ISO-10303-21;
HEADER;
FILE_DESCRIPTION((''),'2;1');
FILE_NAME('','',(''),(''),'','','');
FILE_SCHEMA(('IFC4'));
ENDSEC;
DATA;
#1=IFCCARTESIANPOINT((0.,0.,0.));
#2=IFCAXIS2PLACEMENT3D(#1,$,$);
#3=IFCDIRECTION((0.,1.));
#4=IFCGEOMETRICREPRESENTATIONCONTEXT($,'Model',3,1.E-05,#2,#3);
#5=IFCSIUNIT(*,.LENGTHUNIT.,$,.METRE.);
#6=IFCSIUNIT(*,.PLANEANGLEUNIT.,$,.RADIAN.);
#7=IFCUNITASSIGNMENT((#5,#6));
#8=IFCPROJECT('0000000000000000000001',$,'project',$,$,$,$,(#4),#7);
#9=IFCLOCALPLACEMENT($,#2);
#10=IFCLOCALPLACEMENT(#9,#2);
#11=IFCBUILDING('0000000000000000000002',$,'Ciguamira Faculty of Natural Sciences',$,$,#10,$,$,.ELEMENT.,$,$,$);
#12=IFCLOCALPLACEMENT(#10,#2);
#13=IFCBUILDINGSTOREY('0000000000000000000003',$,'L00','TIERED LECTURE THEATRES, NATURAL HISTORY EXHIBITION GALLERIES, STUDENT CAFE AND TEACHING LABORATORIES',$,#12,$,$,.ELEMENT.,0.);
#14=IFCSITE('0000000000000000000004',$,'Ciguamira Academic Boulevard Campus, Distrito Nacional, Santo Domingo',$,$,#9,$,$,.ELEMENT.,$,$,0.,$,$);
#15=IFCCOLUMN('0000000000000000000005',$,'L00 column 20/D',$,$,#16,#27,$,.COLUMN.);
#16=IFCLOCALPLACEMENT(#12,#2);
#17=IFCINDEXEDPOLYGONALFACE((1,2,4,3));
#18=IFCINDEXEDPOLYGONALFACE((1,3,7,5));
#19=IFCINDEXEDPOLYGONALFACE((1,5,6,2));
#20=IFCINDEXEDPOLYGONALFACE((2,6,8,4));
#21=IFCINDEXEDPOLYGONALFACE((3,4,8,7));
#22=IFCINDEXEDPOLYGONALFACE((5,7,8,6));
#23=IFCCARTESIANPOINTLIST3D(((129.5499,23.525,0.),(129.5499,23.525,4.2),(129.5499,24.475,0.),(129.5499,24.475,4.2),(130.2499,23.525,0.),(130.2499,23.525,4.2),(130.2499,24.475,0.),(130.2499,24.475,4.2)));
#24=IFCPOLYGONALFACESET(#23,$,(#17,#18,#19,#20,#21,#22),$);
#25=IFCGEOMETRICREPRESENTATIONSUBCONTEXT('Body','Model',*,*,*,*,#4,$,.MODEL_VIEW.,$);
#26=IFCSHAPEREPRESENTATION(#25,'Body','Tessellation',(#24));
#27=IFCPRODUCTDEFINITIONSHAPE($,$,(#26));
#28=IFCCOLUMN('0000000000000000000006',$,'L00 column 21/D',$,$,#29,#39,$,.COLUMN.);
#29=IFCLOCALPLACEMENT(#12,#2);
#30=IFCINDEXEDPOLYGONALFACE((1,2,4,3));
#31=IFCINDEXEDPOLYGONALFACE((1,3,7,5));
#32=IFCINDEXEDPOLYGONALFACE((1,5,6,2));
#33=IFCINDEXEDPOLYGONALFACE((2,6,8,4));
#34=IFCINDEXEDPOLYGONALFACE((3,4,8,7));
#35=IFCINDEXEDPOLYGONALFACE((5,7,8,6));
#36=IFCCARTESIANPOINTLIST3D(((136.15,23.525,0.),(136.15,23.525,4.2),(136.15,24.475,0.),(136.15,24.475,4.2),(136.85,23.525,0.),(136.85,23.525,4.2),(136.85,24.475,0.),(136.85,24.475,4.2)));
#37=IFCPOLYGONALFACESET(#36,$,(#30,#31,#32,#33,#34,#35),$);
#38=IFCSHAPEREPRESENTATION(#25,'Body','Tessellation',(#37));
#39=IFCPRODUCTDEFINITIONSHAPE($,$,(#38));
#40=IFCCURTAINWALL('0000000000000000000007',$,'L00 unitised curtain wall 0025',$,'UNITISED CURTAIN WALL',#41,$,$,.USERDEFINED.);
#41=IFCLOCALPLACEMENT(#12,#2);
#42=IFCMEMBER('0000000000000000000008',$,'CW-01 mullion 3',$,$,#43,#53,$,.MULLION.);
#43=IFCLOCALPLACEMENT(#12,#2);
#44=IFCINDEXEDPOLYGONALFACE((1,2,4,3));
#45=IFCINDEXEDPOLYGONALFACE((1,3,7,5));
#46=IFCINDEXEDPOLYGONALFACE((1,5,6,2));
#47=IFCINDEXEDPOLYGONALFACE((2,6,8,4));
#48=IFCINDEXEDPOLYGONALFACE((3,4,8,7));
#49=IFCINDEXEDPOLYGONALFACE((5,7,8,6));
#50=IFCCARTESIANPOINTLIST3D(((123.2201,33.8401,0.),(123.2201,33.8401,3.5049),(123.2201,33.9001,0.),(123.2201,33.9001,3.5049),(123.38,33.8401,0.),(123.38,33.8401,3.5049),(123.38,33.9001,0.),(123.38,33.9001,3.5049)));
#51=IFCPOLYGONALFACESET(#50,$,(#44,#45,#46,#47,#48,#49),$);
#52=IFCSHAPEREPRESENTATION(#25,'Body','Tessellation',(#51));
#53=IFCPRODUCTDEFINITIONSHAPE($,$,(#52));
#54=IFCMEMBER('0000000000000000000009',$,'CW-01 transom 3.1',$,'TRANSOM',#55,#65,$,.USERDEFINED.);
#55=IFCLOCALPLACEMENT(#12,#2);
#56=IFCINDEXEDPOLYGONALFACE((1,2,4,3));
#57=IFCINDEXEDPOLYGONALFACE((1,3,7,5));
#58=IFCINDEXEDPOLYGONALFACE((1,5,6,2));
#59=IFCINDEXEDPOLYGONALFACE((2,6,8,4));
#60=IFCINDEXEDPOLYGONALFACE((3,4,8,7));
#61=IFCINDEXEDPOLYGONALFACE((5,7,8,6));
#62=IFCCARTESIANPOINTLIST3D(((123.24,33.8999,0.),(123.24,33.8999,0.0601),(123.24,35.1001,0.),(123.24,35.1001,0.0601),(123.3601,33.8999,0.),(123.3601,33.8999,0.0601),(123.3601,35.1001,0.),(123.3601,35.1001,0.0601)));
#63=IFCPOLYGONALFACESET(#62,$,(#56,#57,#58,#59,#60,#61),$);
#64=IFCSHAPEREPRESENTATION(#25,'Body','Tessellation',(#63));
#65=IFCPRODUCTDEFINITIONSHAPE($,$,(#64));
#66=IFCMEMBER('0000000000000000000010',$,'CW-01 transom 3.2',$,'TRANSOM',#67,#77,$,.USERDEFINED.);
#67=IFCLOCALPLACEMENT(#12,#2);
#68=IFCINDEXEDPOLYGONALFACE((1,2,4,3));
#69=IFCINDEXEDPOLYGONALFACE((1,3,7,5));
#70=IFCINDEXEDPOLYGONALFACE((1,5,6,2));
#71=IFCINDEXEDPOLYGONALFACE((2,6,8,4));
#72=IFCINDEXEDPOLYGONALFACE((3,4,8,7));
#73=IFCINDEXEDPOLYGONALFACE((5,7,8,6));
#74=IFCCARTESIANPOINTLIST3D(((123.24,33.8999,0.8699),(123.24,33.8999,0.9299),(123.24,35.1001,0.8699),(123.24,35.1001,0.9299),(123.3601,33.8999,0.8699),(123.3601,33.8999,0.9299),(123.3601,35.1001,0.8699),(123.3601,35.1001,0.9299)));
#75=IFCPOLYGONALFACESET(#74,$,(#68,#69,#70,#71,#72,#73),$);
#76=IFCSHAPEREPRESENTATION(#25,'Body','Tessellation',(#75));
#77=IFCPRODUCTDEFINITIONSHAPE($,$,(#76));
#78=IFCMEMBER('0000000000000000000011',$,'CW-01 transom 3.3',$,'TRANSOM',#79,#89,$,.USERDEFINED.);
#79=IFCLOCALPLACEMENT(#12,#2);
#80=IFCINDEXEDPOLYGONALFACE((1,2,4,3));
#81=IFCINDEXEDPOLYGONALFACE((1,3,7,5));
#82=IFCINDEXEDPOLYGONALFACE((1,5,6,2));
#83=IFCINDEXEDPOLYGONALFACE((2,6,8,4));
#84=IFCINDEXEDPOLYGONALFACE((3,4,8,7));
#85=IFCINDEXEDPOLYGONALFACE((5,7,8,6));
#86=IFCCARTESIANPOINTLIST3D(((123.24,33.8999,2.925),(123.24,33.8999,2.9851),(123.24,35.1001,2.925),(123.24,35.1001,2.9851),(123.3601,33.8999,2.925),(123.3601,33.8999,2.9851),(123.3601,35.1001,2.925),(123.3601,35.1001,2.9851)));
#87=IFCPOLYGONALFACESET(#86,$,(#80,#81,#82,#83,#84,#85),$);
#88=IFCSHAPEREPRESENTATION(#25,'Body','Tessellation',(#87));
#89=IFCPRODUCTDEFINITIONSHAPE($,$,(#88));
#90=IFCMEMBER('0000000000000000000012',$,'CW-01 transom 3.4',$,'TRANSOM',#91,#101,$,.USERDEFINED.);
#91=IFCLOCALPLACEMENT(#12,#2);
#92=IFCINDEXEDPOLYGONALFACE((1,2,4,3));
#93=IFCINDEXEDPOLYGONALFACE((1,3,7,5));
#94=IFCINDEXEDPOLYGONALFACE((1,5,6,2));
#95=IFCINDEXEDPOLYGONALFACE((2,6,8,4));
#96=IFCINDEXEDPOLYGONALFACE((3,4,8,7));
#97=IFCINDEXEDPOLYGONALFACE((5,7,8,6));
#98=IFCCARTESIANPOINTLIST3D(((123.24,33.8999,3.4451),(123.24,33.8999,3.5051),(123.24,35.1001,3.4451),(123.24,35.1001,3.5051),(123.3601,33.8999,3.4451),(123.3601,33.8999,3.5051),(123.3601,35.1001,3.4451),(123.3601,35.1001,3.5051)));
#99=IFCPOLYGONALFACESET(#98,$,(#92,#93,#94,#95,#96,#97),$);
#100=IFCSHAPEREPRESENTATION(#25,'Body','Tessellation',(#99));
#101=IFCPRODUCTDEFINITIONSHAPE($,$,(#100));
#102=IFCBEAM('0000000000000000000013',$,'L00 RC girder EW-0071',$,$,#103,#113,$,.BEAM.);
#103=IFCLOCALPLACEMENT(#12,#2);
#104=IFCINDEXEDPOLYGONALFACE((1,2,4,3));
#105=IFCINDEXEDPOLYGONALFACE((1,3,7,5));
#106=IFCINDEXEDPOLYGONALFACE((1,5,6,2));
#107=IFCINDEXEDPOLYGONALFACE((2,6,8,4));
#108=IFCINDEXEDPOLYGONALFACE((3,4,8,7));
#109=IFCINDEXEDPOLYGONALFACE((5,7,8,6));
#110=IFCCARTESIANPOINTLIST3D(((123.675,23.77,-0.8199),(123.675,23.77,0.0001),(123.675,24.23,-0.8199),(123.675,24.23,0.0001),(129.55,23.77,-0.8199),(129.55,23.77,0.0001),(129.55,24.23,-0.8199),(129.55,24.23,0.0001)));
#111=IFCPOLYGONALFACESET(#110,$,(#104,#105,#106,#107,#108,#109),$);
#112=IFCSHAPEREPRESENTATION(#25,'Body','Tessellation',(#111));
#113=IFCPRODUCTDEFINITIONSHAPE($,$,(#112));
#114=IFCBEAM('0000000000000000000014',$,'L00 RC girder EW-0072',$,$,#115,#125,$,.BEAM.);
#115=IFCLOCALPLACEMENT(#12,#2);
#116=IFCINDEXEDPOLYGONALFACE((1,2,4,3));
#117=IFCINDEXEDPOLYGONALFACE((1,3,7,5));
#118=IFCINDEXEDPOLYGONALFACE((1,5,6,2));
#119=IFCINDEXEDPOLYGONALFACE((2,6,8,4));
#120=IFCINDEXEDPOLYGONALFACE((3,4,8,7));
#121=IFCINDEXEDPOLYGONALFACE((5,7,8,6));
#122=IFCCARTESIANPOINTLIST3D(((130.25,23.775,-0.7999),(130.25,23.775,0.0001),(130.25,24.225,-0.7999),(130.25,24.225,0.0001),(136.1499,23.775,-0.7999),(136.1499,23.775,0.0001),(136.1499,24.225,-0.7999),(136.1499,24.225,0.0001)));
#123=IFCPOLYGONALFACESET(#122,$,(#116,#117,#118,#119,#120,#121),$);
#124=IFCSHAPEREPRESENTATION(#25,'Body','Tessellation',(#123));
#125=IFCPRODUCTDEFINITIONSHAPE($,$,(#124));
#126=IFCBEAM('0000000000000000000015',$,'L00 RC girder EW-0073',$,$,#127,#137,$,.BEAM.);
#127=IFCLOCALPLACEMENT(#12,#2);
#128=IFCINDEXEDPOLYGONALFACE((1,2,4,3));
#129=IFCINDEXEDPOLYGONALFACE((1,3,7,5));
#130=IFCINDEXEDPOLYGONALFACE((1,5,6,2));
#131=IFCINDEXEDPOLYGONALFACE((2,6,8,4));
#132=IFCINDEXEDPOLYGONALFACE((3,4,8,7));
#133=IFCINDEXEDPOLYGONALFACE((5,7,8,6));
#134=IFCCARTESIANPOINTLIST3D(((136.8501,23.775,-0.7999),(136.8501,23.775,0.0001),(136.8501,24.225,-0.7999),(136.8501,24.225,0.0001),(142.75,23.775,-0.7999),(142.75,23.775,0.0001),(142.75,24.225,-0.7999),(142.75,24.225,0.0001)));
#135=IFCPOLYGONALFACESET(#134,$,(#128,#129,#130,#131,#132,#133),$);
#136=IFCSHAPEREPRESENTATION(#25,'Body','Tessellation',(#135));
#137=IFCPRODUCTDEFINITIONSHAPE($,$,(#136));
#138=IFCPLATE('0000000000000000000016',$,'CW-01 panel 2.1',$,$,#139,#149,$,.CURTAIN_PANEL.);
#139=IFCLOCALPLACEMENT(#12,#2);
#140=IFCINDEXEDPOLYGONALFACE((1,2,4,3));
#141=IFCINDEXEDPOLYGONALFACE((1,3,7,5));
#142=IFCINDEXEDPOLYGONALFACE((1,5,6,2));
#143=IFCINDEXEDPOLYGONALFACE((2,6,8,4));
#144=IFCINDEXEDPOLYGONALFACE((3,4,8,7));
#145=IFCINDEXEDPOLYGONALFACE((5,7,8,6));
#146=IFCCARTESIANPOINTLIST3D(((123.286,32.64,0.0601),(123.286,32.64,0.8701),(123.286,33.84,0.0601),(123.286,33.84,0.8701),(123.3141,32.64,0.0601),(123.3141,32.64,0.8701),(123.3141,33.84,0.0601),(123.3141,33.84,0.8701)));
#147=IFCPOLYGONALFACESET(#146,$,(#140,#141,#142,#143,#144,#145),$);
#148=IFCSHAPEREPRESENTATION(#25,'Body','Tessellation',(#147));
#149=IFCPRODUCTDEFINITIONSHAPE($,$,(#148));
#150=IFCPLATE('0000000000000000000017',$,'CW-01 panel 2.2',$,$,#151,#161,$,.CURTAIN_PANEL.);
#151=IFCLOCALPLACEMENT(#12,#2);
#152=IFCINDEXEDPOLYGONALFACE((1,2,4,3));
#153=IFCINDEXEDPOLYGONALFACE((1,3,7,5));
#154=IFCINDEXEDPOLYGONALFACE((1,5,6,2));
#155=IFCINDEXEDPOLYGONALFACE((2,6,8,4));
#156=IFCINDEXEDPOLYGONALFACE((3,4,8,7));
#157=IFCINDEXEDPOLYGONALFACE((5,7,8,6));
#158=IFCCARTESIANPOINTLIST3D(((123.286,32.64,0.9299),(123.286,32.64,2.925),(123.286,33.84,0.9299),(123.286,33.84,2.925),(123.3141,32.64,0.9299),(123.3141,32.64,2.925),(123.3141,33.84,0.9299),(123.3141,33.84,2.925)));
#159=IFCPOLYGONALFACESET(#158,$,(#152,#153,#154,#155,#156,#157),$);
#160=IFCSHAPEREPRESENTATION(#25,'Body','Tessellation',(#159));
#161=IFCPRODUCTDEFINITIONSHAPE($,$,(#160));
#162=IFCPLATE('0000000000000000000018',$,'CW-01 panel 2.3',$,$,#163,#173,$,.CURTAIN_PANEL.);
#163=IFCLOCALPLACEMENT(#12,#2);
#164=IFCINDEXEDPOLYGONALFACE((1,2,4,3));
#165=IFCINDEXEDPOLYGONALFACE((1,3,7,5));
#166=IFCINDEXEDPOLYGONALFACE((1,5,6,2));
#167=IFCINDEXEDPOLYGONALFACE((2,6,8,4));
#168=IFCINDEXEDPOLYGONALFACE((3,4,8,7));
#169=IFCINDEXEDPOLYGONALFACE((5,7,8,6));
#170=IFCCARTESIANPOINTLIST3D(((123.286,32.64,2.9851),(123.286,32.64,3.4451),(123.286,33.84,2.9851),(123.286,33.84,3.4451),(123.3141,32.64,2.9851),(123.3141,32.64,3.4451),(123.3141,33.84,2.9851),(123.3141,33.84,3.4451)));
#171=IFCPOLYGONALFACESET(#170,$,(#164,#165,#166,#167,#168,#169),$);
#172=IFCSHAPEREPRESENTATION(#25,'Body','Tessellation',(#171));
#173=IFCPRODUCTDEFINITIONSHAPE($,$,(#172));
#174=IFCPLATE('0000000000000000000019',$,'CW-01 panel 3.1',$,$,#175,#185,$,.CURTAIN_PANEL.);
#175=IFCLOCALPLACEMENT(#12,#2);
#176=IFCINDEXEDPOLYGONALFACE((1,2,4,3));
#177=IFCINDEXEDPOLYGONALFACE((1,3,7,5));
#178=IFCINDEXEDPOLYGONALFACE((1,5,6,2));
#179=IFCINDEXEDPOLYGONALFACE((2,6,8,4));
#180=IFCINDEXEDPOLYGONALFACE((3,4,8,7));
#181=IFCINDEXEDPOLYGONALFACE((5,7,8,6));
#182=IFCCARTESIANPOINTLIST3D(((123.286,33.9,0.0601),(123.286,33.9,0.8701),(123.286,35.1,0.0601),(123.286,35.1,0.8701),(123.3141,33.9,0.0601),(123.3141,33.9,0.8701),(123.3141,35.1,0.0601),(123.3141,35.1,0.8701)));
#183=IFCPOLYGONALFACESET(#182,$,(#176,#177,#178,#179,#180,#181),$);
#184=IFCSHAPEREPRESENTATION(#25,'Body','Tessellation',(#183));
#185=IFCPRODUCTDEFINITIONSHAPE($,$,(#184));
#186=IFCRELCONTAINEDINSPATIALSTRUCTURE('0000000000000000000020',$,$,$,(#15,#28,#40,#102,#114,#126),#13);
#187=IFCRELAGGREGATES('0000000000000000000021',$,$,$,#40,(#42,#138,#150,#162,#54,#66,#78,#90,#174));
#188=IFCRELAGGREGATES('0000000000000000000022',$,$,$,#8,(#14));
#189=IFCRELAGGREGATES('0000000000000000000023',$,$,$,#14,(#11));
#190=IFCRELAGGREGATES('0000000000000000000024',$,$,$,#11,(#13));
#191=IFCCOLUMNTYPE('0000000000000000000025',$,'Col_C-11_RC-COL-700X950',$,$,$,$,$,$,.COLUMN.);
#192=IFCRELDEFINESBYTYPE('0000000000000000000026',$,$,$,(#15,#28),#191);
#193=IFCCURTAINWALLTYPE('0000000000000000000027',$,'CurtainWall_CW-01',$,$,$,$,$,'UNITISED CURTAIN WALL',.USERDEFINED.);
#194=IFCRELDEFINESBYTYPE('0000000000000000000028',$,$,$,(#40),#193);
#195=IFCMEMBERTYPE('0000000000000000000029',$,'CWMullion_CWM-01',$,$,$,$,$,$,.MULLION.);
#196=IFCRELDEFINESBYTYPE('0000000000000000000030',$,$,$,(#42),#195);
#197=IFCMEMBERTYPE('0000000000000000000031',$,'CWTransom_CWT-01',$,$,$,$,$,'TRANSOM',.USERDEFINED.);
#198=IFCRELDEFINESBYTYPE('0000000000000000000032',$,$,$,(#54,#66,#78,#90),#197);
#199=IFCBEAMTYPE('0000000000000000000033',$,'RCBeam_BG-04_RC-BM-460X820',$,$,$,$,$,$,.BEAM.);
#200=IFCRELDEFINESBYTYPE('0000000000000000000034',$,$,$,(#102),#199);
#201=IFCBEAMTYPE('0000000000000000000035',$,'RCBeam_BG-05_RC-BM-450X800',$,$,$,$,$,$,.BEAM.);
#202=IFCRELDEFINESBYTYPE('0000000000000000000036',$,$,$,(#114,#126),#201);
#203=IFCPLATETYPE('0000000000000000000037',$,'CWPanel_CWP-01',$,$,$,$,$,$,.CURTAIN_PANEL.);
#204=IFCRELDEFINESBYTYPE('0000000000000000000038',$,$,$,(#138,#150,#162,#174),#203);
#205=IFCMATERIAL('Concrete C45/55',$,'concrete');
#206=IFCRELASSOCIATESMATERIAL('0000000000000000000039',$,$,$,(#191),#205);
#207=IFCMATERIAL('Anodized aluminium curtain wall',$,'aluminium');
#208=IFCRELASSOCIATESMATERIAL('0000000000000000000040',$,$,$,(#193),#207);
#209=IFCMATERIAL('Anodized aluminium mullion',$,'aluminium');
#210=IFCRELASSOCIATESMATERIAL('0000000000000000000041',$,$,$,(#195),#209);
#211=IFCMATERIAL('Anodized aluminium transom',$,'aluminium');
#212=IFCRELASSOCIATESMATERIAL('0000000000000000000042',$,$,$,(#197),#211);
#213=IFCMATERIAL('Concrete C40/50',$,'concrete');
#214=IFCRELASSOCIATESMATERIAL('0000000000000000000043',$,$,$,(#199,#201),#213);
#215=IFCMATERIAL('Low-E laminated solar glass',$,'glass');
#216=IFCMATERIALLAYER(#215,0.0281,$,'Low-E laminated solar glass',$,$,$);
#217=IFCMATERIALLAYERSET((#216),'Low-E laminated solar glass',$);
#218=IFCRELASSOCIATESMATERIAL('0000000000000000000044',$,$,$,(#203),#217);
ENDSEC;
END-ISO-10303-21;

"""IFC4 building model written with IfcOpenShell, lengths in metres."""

from ifc_helpers import new_model, si_unit, direction, frame, origin, origin_2d, place, context, subcontext, project, spatial, rectangle, extrude, material, layer, layer_set, material_profile, profile_set, type_object, element, aggregate, save


model = new_model("IFC4")

# Units and contexts
model_context = context("Model", 3, precision=1e-05, world=origin(), true_north=direction((0.0, 1.0)))
body_context = subcontext(model_context, "Body", "Model", "MODEL_VIEW")
ifc_project = project(units=[si_unit("LENGTHUNIT", "METRE"), si_unit("PLANEANGLEUNIT", "RADIAN")], contexts=[model_context])

# Site, building, storey
site_placement = place(None, origin())
site = spatial("IfcSite", under=ifc_project, at=site_placement, Name="Ciguamira Academic Boulevard Campus, Distrito Nacional, Santo Domingo", CompositionType="ELEMENT", RefElevation=0.0)
building_placement = place(site_placement, origin())
building = spatial("IfcBuilding", under=site, at=building_placement, Name="Ciguamira Faculty of Natural Sciences", CompositionType="ELEMENT")
storey_placement = place(building_placement, origin())
storey = spatial("IfcBuildingStorey", under=building, at=storey_placement, Name="L00", Description="TIERED LECTURE THEATRES, NATURAL HISTORY EXHIBITION GALLERIES, STUDENT CAFE AND TEACHING LABORATORIES", CompositionType="ELEMENT", Elevation=0.0)

# Columns
ifc_material_1 = material(Name="Concrete C45/55", Category="concrete")
ifc_material_profile_1 = material_profile(ifc_material_1, rectangle(XDim=0.7, YDim=0.95, at=origin_2d()), Name="RC-COL-700X950")
ifc_profile_set_1 = profile_set([ifc_material_profile_1], Name="Concrete C45/55")
column_type = type_object("IfcColumnType", Name="Col_C-11_RC-COL-700X950", PredefinedType="COLUMN", material=ifc_profile_set_1)
for number, where, z_axis, x_axis, name in (
    (1, (129.8999, 24.0, 0.0), (0.0, 0.0, 1.0), (1.0, 0.0, 0.0), "L00 column 20/D"),
    (2, (136.5, 24.0, 0.0), (0.0, 0.0, 1.0), (1.0, 0.0, 0.0), "L00 column 21/D"),
):
    element("IfcColumn", number, at=place(storey_placement, frame(where, z_axis=z_axis, x_axis=x_axis)), inside=storey, type_object=column_type, Name=name, PredefinedType="COLUMN", context=body_context, shape_type="SweptSolid", body=[
        extrude(rectangle(XDim=0.7, YDim=0.95, at=origin_2d()), origin(), (0.0, 0.0, 1.0), 4.2),
    ])

# Curtain wall, members
ifc_material_2 = material(Name="Anodized aluminium curtain wall", Category="aluminium")
curtain_wall_type = type_object("IfcCurtainWallType", Name="CurtainWall_CW-01", ElementType="UNITISED CURTAIN WALL", PredefinedType="USERDEFINED", material=ifc_material_2)
curtain_wall_placement = place(storey_placement, origin())
curtain_wall = element("IfcCurtainWall", 3, at=curtain_wall_placement, inside=storey, type_object=curtain_wall_type, Name="L00 unitised curtain wall 0025", ObjectType="UNITISED CURTAIN WALL", PredefinedType="USERDEFINED")
ifc_material_3 = material(Name="Anodized aluminium mullion", Category="aluminium")
ifc_material_profile_2 = material_profile(ifc_material_3, rectangle(XDim=0.0601, YDim=0.1599, at=origin_2d()), Name="ALU-MUL-60X160")
ifc_profile_set_2 = profile_set([ifc_material_profile_2], Name="Anodized aluminium mullion")
member_type_1 = type_object("IfcMemberType", Name="CWMullion_CWM-01", PredefinedType="MULLION", material=ifc_profile_set_2)
member_1_placement = place(storey_placement, frame((123.3, 33.8701, 0.0), z_axis=(0.0, 0.0, 1.0), x_axis=(0.0, 1.0, 0.0)))
member_1 = element("IfcMember", 4, at=member_1_placement, type_object=member_type_1, Name="CW-01 mullion 3", PredefinedType="MULLION", context=body_context, shape_type="SweptSolid", body=[
    extrude(rectangle(XDim=0.0601, YDim=0.1599, at=origin_2d()), origin(), (0.0, 0.0, 1.0), 3.5049),
])
ifc_material_4 = material(Name="Anodized aluminium transom", Category="aluminium")
ifc_material_profile_3 = material_profile(ifc_material_4, rectangle(XDim=0.0601, YDim=0.1201, at=origin_2d()), Name="ALU-TRN-60X120")
ifc_profile_set_3 = profile_set([ifc_material_profile_3], Name="Anodized aluminium transom")
member_type_2 = type_object("IfcMemberType", Name="CWTransom_CWT-01", ElementType="TRANSOM", PredefinedType="USERDEFINED", material=ifc_profile_set_3)
member_2_placement = place(storey_placement, frame((123.3, 33.8999, 0.03), z_axis=(0.0, 1.0, 0.0), x_axis=(0.0, 0.0, 1.0)))
member_2 = element("IfcMember", 5, at=member_2_placement, type_object=member_type_2, Name="CW-01 transom 3.1", ObjectType="TRANSOM", PredefinedType="USERDEFINED", context=body_context, shape_type="SweptSolid", body=[
    extrude(rectangle(XDim=0.0601, YDim=0.1201, at=origin_2d()), origin(), (0.0, 0.0, 1.0), 1.2002),
])
member_3_placement = place(storey_placement, frame((123.3, 33.8999, 0.8999), z_axis=(0.0, 1.0, 0.0), x_axis=(0.0, 0.0, 1.0)))
member_3 = element("IfcMember", 6, at=member_3_placement, type_object=member_type_2, Name="CW-01 transom 3.2", ObjectType="TRANSOM", PredefinedType="USERDEFINED", context=body_context, shape_type="SweptSolid", body=[
    extrude(rectangle(XDim=0.0601, YDim=0.1201, at=origin_2d()), origin(), (0.0, 0.0, 1.0), 1.2002),
])
member_4_placement = place(storey_placement, frame((123.3, 33.8999, 2.9551), z_axis=(0.0, 1.0, 0.0), x_axis=(0.0, 0.0, 1.0)))
member_4 = element("IfcMember", 7, at=member_4_placement, type_object=member_type_2, Name="CW-01 transom 3.3", ObjectType="TRANSOM", PredefinedType="USERDEFINED", context=body_context, shape_type="SweptSolid", body=[
    extrude(rectangle(XDim=0.0601, YDim=0.1201, at=origin_2d()), origin(), (0.0, 0.0, 1.0), 1.2002),
])
member_5_placement = place(storey_placement, frame((123.3, 33.8999, 3.4751), z_axis=(0.0, 1.0, 0.0), x_axis=(0.0, 0.0, 1.0)))
member_5 = element("IfcMember", 8, at=member_5_placement, type_object=member_type_2, Name="CW-01 transom 3.4", ObjectType="TRANSOM", PredefinedType="USERDEFINED", context=body_context, shape_type="SweptSolid", body=[
    extrude(rectangle(XDim=0.0601, YDim=0.1201, at=origin_2d()), origin(), (0.0, 0.0, 1.0), 1.2002),
])

# Beams
ifc_material_5 = material(Name="Concrete C40/50", Category="concrete")
ifc_material_profile_4 = material_profile(ifc_material_5, rectangle(XDim=0.46, YDim=0.8201, at=origin_2d()), Name="RC-BM-460X820")
ifc_profile_set_4 = profile_set([ifc_material_profile_4], Name="Concrete C40/50")
beam_type_1 = type_object("IfcBeamType", Name="RCBeam_BG-04_RC-BM-460X820", PredefinedType="BEAM", material=ifc_profile_set_4)
beam_placement = place(storey_placement, frame((123.675, 24.0, -0.4099), z_axis=(1.0, 0.0, 0.0), x_axis=(0.0, 1.0, 0.0)))
element("IfcBeam", 9, at=beam_placement, inside=storey, type_object=beam_type_1, Name="L00 RC girder EW-0071", PredefinedType="BEAM", context=body_context, shape_type="SweptSolid", body=[
    extrude(rectangle(XDim=0.46, YDim=0.8201, at=origin_2d()), origin(), (0.0, 0.0, 1.0), 5.875),
])
ifc_material_profile_5 = material_profile(ifc_material_5, rectangle(XDim=0.45, YDim=0.8, at=origin_2d()), Name="RC-BM-450X800")
ifc_profile_set_5 = profile_set([ifc_material_profile_5], Name="Concrete C40/50")
beam_type_2 = type_object("IfcBeamType", Name="RCBeam_BG-05_RC-BM-450X800", PredefinedType="BEAM", material=ifc_profile_set_5)
for number, where, z_axis, x_axis, name in (
    (10, (130.25, 24.0, -0.3999), (1.0, 0.0, 0.0), (0.0, 1.0, 0.0), "L00 RC girder EW-0072"),
    (11, (136.8501, 24.0, -0.3999), (1.0, 0.0, 0.0), (0.0, 1.0, 0.0), "L00 RC girder EW-0073"),
):
    element("IfcBeam", number, at=place(storey_placement, frame(where, z_axis=z_axis, x_axis=x_axis)), inside=storey, type_object=beam_type_2, Name=name, PredefinedType="BEAM", context=body_context, shape_type="SweptSolid", body=[
        extrude(rectangle(XDim=0.45, YDim=0.8, at=origin_2d()), origin(), (0.0, 0.0, 1.0), 5.8999),
    ])

# Plates
ifc_material_6 = material(Name="Low-E laminated solar glass", Category="glass")
ifc_layer_1 = layer(ifc_material_6, 0.0281, Name="Low-E laminated solar glass")
ifc_layer_set_1 = layer_set([ifc_layer_1], Name="Low-E laminated solar glass")
plate_type = type_object("IfcPlateType", Name="CWPanel_CWP-01", PredefinedType="CURTAIN_PANEL", material=ifc_layer_set_1)
plate_1_placement = place(storey_placement, frame((123.3, 33.24, 0.0601), z_axis=(0.0, 0.0, 1.0), x_axis=(0.0, 1.0, 0.0)))
plate_1 = element("IfcPlate", 12, at=plate_1_placement, type_object=plate_type, Name="CW-01 panel 2.1", PredefinedType="CURTAIN_PANEL", context=body_context, shape_type="SweptSolid", body=[
    extrude(rectangle(XDim=1.2, YDim=0.0281, at=origin_2d()), origin(), (0.0, 0.0, 1.0), 0.8101),
])
plate_2_placement = place(storey_placement, frame((123.3, 33.24, 0.9299), z_axis=(0.0, 0.0, 1.0), x_axis=(0.0, 1.0, 0.0)))
plate_2 = element("IfcPlate", 13, at=plate_2_placement, type_object=plate_type, Name="CW-01 panel 2.2", PredefinedType="CURTAIN_PANEL", context=body_context, shape_type="SweptSolid", body=[
    extrude(rectangle(XDim=1.2, YDim=0.0281, at=origin_2d()), origin(), (0.0, 0.0, 1.0), 1.9951),
])
plate_3_placement = place(storey_placement, frame((123.3, 33.24, 2.9851), z_axis=(0.0, 0.0, 1.0), x_axis=(0.0, 1.0, 0.0)))
plate_3 = element("IfcPlate", 14, at=plate_3_placement, type_object=plate_type, Name="CW-01 panel 2.3", PredefinedType="CURTAIN_PANEL", context=body_context, shape_type="SweptSolid", body=[
    extrude(rectangle(XDim=1.2, YDim=0.0281, at=origin_2d()), origin(), (0.0, 0.0, 1.0), 0.46),
])
plate_4_placement = place(storey_placement, frame((123.3, 34.5, 0.0601), z_axis=(0.0, 0.0, 1.0), x_axis=(0.0, 1.0, 0.0)))
plate_4 = element("IfcPlate", 15, at=plate_4_placement, type_object=plate_type, Name="CW-01 panel 3.1", PredefinedType="CURTAIN_PANEL", context=body_context, shape_type="SweptSolid", body=[
    extrude(rectangle(XDim=1.2, YDim=0.0281, at=origin_2d()), origin(), (0.0, 0.0, 1.0), 0.8101),
])
aggregate(curtain_wall, [member_1, plate_1, plate_2, plate_3, member_2, member_3, member_4, member_5, plate_4])

save(model, "model.ifc")
